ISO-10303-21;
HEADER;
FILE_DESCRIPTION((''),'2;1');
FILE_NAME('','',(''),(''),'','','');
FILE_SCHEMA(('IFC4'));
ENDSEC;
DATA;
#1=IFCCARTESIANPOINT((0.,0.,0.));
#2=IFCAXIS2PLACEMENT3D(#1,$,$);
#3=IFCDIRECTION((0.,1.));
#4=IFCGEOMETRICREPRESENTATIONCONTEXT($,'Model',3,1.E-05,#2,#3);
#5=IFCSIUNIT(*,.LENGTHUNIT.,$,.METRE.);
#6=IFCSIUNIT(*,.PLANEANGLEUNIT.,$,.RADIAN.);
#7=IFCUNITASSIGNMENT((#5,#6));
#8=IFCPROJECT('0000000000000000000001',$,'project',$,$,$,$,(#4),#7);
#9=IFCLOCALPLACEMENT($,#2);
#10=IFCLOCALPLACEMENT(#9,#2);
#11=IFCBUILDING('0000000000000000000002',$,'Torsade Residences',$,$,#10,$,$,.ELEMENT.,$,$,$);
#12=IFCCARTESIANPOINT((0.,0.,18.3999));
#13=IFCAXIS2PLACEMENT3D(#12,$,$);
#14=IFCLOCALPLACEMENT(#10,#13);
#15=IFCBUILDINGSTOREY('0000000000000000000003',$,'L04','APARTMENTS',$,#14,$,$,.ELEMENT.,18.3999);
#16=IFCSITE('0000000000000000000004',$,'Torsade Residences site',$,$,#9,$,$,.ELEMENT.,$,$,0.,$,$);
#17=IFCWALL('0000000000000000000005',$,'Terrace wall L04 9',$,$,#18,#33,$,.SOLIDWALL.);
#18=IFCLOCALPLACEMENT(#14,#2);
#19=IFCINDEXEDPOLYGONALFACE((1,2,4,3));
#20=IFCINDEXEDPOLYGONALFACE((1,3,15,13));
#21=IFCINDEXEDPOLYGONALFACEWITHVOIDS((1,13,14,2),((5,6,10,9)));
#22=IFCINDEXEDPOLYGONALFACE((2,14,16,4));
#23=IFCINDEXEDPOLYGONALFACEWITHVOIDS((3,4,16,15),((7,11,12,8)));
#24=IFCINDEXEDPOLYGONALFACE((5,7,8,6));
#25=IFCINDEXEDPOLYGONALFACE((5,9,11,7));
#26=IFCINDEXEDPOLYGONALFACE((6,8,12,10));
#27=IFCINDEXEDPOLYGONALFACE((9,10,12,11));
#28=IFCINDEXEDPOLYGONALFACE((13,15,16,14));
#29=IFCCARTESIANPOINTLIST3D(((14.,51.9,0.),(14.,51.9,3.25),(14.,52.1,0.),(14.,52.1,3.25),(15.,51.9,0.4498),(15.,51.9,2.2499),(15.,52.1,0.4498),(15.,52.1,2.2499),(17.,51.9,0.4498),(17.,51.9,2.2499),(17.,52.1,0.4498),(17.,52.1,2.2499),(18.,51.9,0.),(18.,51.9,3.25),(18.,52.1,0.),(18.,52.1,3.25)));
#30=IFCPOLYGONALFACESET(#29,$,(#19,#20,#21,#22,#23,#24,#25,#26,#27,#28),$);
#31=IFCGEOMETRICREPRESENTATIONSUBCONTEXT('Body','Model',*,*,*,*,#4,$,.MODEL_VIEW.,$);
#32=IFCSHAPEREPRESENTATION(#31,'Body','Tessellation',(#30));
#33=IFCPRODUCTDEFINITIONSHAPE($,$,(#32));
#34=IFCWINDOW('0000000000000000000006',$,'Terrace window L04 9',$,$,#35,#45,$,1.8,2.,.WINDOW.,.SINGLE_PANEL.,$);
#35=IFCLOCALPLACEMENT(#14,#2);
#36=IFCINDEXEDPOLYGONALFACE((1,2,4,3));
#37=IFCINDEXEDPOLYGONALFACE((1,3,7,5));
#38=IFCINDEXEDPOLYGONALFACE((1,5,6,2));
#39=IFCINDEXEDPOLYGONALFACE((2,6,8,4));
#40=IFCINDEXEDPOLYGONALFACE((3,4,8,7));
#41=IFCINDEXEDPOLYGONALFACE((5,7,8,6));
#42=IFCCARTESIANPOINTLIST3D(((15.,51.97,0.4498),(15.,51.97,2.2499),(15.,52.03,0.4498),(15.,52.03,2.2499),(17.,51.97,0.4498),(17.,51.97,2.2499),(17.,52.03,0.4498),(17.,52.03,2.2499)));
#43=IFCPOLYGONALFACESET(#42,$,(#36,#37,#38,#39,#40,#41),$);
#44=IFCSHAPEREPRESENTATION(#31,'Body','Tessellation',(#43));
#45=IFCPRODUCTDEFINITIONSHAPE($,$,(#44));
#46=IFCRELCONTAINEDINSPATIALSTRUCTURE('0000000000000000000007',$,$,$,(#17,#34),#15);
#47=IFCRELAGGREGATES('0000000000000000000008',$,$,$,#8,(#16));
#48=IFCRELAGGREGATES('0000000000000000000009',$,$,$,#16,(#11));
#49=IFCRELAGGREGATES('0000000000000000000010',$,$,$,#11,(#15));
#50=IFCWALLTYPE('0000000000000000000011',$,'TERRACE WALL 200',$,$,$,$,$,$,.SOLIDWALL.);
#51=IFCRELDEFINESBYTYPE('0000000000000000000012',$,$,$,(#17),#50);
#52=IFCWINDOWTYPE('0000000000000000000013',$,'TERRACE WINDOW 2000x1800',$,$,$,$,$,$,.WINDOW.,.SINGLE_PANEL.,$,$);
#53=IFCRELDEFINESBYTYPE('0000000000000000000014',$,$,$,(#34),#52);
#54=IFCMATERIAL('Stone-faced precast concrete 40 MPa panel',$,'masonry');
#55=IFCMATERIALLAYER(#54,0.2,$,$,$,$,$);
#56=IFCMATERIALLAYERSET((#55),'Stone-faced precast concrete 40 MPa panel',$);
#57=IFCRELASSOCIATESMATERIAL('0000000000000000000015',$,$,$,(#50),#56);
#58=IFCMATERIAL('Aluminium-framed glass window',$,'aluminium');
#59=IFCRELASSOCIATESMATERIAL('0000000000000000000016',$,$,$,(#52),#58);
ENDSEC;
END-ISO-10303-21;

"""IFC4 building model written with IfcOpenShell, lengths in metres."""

from ifc_helpers import new_model, si_unit, direction, frame, frame_2d, origin, place, context, subcontext, project, spatial, rectangle, extrude, material, layer, layer_set, type_object, element, fill, save


model = new_model("IFC4")

# Units and contexts
model_context = context("Model", 3, precision=1e-05, world=origin(), true_north=direction((0.0, 1.0)))
body_context = subcontext(model_context, "Body", "Model", "MODEL_VIEW")
ifc_project = project(units=[si_unit("LENGTHUNIT", "METRE"), si_unit("PLANEANGLEUNIT", "RADIAN")], contexts=[model_context])

# Site, building, storey
site_placement = place(None, origin())
site = spatial("IfcSite", under=ifc_project, at=site_placement, Name="Torsade Residences site", CompositionType="ELEMENT", RefElevation=0.0)
building_placement = place(site_placement, origin())
building = spatial("IfcBuilding", under=site, at=building_placement, Name="Torsade Residences", CompositionType="ELEMENT")
storey_placement = place(building_placement, frame((0.0, 0.0, 18.3999)))
storey = spatial("IfcBuildingStorey", under=building, at=storey_placement, Name="L04", Description="APARTMENTS", CompositionType="ELEMENT", Elevation=18.3999)

# Wall, opening, window
ifc_material_1 = material(Name="Stone-faced precast concrete 40 MPa panel", Category="masonry")
ifc_layer_1 = layer(ifc_material_1, 0.2)
ifc_layer_set_1 = layer_set([ifc_layer_1], Name="Stone-faced precast concrete 40 MPa panel")
wall_type_1 = type_object("IfcWallType", Name="TERRACE WALL 200", PredefinedType="SOLIDWALL", material=ifc_layer_set_1)
wall_1_placement = place(storey_placement, frame((18.0, 52.0, 0.0), z_axis=(0.0, 0.0, 1.0), x_axis=(-1.0, 0.0, 0.0)))
wall_1 = element("IfcWall", 1, at=wall_1_placement, inside=storey, type_object=wall_type_1, Name="Terrace wall L04 9", PredefinedType="SOLIDWALL", context=body_context, shape_type="SweptSolid", body=[
    extrude(rectangle(XDim=4.0, YDim=0.2, at=frame_2d((2.0, 0.0))), origin(), (0.0, 0.0, 1.0), 3.25),
])
opening_1_placement = place(wall_1_placement, frame((1.0, 0.0, 0.45)))
opening_1 = element("IfcOpeningElement", 2, at=opening_1_placement, cuts=wall_1, PredefinedType="OPENING", context=body_context, shape_type="SweptSolid", body=[
    extrude(rectangle(XDim=2.0, YDim=1.8, at=frame_2d((1.0, 0.8999))), frame((0.0, 0.1099, 0.0), z_axis=(0.0, -1.0, 0.0), x_axis=(1.0, 0.0, 0.0)), (0.0, 0.0, 1.0), 0.22),
])
ifc_material_2 = material(Name="Aluminium-framed glass window", Category="aluminium")
window_type = type_object("IfcWindowType", Name="TERRACE WINDOW 2000x1800", PartitioningType="SINGLE_PANEL", PredefinedType="WINDOW", material=ifc_material_2)
window_placement = place(opening_1_placement, origin())
window = element("IfcWindow", 3, at=window_placement, inside=storey, type_object=window_type, Name="Terrace window L04 9", OverallHeight=1.8, OverallWidth=2.0, PartitioningType="SINGLE_PANEL", PredefinedType="WINDOW", context=body_context, shape_type="SweptSolid", body=[
    extrude(rectangle(XDim=2.0, YDim=1.8, at=frame_2d((1.0, 0.8999))), frame((0.0, 0.03, 0.0), z_axis=(0.0, -1.0, 0.0), x_axis=(1.0, 0.0, 0.0)), (0.0, 0.0, 1.0), 0.0601),
])
fill(opening_1, window)

save(model, "model.ifc")
